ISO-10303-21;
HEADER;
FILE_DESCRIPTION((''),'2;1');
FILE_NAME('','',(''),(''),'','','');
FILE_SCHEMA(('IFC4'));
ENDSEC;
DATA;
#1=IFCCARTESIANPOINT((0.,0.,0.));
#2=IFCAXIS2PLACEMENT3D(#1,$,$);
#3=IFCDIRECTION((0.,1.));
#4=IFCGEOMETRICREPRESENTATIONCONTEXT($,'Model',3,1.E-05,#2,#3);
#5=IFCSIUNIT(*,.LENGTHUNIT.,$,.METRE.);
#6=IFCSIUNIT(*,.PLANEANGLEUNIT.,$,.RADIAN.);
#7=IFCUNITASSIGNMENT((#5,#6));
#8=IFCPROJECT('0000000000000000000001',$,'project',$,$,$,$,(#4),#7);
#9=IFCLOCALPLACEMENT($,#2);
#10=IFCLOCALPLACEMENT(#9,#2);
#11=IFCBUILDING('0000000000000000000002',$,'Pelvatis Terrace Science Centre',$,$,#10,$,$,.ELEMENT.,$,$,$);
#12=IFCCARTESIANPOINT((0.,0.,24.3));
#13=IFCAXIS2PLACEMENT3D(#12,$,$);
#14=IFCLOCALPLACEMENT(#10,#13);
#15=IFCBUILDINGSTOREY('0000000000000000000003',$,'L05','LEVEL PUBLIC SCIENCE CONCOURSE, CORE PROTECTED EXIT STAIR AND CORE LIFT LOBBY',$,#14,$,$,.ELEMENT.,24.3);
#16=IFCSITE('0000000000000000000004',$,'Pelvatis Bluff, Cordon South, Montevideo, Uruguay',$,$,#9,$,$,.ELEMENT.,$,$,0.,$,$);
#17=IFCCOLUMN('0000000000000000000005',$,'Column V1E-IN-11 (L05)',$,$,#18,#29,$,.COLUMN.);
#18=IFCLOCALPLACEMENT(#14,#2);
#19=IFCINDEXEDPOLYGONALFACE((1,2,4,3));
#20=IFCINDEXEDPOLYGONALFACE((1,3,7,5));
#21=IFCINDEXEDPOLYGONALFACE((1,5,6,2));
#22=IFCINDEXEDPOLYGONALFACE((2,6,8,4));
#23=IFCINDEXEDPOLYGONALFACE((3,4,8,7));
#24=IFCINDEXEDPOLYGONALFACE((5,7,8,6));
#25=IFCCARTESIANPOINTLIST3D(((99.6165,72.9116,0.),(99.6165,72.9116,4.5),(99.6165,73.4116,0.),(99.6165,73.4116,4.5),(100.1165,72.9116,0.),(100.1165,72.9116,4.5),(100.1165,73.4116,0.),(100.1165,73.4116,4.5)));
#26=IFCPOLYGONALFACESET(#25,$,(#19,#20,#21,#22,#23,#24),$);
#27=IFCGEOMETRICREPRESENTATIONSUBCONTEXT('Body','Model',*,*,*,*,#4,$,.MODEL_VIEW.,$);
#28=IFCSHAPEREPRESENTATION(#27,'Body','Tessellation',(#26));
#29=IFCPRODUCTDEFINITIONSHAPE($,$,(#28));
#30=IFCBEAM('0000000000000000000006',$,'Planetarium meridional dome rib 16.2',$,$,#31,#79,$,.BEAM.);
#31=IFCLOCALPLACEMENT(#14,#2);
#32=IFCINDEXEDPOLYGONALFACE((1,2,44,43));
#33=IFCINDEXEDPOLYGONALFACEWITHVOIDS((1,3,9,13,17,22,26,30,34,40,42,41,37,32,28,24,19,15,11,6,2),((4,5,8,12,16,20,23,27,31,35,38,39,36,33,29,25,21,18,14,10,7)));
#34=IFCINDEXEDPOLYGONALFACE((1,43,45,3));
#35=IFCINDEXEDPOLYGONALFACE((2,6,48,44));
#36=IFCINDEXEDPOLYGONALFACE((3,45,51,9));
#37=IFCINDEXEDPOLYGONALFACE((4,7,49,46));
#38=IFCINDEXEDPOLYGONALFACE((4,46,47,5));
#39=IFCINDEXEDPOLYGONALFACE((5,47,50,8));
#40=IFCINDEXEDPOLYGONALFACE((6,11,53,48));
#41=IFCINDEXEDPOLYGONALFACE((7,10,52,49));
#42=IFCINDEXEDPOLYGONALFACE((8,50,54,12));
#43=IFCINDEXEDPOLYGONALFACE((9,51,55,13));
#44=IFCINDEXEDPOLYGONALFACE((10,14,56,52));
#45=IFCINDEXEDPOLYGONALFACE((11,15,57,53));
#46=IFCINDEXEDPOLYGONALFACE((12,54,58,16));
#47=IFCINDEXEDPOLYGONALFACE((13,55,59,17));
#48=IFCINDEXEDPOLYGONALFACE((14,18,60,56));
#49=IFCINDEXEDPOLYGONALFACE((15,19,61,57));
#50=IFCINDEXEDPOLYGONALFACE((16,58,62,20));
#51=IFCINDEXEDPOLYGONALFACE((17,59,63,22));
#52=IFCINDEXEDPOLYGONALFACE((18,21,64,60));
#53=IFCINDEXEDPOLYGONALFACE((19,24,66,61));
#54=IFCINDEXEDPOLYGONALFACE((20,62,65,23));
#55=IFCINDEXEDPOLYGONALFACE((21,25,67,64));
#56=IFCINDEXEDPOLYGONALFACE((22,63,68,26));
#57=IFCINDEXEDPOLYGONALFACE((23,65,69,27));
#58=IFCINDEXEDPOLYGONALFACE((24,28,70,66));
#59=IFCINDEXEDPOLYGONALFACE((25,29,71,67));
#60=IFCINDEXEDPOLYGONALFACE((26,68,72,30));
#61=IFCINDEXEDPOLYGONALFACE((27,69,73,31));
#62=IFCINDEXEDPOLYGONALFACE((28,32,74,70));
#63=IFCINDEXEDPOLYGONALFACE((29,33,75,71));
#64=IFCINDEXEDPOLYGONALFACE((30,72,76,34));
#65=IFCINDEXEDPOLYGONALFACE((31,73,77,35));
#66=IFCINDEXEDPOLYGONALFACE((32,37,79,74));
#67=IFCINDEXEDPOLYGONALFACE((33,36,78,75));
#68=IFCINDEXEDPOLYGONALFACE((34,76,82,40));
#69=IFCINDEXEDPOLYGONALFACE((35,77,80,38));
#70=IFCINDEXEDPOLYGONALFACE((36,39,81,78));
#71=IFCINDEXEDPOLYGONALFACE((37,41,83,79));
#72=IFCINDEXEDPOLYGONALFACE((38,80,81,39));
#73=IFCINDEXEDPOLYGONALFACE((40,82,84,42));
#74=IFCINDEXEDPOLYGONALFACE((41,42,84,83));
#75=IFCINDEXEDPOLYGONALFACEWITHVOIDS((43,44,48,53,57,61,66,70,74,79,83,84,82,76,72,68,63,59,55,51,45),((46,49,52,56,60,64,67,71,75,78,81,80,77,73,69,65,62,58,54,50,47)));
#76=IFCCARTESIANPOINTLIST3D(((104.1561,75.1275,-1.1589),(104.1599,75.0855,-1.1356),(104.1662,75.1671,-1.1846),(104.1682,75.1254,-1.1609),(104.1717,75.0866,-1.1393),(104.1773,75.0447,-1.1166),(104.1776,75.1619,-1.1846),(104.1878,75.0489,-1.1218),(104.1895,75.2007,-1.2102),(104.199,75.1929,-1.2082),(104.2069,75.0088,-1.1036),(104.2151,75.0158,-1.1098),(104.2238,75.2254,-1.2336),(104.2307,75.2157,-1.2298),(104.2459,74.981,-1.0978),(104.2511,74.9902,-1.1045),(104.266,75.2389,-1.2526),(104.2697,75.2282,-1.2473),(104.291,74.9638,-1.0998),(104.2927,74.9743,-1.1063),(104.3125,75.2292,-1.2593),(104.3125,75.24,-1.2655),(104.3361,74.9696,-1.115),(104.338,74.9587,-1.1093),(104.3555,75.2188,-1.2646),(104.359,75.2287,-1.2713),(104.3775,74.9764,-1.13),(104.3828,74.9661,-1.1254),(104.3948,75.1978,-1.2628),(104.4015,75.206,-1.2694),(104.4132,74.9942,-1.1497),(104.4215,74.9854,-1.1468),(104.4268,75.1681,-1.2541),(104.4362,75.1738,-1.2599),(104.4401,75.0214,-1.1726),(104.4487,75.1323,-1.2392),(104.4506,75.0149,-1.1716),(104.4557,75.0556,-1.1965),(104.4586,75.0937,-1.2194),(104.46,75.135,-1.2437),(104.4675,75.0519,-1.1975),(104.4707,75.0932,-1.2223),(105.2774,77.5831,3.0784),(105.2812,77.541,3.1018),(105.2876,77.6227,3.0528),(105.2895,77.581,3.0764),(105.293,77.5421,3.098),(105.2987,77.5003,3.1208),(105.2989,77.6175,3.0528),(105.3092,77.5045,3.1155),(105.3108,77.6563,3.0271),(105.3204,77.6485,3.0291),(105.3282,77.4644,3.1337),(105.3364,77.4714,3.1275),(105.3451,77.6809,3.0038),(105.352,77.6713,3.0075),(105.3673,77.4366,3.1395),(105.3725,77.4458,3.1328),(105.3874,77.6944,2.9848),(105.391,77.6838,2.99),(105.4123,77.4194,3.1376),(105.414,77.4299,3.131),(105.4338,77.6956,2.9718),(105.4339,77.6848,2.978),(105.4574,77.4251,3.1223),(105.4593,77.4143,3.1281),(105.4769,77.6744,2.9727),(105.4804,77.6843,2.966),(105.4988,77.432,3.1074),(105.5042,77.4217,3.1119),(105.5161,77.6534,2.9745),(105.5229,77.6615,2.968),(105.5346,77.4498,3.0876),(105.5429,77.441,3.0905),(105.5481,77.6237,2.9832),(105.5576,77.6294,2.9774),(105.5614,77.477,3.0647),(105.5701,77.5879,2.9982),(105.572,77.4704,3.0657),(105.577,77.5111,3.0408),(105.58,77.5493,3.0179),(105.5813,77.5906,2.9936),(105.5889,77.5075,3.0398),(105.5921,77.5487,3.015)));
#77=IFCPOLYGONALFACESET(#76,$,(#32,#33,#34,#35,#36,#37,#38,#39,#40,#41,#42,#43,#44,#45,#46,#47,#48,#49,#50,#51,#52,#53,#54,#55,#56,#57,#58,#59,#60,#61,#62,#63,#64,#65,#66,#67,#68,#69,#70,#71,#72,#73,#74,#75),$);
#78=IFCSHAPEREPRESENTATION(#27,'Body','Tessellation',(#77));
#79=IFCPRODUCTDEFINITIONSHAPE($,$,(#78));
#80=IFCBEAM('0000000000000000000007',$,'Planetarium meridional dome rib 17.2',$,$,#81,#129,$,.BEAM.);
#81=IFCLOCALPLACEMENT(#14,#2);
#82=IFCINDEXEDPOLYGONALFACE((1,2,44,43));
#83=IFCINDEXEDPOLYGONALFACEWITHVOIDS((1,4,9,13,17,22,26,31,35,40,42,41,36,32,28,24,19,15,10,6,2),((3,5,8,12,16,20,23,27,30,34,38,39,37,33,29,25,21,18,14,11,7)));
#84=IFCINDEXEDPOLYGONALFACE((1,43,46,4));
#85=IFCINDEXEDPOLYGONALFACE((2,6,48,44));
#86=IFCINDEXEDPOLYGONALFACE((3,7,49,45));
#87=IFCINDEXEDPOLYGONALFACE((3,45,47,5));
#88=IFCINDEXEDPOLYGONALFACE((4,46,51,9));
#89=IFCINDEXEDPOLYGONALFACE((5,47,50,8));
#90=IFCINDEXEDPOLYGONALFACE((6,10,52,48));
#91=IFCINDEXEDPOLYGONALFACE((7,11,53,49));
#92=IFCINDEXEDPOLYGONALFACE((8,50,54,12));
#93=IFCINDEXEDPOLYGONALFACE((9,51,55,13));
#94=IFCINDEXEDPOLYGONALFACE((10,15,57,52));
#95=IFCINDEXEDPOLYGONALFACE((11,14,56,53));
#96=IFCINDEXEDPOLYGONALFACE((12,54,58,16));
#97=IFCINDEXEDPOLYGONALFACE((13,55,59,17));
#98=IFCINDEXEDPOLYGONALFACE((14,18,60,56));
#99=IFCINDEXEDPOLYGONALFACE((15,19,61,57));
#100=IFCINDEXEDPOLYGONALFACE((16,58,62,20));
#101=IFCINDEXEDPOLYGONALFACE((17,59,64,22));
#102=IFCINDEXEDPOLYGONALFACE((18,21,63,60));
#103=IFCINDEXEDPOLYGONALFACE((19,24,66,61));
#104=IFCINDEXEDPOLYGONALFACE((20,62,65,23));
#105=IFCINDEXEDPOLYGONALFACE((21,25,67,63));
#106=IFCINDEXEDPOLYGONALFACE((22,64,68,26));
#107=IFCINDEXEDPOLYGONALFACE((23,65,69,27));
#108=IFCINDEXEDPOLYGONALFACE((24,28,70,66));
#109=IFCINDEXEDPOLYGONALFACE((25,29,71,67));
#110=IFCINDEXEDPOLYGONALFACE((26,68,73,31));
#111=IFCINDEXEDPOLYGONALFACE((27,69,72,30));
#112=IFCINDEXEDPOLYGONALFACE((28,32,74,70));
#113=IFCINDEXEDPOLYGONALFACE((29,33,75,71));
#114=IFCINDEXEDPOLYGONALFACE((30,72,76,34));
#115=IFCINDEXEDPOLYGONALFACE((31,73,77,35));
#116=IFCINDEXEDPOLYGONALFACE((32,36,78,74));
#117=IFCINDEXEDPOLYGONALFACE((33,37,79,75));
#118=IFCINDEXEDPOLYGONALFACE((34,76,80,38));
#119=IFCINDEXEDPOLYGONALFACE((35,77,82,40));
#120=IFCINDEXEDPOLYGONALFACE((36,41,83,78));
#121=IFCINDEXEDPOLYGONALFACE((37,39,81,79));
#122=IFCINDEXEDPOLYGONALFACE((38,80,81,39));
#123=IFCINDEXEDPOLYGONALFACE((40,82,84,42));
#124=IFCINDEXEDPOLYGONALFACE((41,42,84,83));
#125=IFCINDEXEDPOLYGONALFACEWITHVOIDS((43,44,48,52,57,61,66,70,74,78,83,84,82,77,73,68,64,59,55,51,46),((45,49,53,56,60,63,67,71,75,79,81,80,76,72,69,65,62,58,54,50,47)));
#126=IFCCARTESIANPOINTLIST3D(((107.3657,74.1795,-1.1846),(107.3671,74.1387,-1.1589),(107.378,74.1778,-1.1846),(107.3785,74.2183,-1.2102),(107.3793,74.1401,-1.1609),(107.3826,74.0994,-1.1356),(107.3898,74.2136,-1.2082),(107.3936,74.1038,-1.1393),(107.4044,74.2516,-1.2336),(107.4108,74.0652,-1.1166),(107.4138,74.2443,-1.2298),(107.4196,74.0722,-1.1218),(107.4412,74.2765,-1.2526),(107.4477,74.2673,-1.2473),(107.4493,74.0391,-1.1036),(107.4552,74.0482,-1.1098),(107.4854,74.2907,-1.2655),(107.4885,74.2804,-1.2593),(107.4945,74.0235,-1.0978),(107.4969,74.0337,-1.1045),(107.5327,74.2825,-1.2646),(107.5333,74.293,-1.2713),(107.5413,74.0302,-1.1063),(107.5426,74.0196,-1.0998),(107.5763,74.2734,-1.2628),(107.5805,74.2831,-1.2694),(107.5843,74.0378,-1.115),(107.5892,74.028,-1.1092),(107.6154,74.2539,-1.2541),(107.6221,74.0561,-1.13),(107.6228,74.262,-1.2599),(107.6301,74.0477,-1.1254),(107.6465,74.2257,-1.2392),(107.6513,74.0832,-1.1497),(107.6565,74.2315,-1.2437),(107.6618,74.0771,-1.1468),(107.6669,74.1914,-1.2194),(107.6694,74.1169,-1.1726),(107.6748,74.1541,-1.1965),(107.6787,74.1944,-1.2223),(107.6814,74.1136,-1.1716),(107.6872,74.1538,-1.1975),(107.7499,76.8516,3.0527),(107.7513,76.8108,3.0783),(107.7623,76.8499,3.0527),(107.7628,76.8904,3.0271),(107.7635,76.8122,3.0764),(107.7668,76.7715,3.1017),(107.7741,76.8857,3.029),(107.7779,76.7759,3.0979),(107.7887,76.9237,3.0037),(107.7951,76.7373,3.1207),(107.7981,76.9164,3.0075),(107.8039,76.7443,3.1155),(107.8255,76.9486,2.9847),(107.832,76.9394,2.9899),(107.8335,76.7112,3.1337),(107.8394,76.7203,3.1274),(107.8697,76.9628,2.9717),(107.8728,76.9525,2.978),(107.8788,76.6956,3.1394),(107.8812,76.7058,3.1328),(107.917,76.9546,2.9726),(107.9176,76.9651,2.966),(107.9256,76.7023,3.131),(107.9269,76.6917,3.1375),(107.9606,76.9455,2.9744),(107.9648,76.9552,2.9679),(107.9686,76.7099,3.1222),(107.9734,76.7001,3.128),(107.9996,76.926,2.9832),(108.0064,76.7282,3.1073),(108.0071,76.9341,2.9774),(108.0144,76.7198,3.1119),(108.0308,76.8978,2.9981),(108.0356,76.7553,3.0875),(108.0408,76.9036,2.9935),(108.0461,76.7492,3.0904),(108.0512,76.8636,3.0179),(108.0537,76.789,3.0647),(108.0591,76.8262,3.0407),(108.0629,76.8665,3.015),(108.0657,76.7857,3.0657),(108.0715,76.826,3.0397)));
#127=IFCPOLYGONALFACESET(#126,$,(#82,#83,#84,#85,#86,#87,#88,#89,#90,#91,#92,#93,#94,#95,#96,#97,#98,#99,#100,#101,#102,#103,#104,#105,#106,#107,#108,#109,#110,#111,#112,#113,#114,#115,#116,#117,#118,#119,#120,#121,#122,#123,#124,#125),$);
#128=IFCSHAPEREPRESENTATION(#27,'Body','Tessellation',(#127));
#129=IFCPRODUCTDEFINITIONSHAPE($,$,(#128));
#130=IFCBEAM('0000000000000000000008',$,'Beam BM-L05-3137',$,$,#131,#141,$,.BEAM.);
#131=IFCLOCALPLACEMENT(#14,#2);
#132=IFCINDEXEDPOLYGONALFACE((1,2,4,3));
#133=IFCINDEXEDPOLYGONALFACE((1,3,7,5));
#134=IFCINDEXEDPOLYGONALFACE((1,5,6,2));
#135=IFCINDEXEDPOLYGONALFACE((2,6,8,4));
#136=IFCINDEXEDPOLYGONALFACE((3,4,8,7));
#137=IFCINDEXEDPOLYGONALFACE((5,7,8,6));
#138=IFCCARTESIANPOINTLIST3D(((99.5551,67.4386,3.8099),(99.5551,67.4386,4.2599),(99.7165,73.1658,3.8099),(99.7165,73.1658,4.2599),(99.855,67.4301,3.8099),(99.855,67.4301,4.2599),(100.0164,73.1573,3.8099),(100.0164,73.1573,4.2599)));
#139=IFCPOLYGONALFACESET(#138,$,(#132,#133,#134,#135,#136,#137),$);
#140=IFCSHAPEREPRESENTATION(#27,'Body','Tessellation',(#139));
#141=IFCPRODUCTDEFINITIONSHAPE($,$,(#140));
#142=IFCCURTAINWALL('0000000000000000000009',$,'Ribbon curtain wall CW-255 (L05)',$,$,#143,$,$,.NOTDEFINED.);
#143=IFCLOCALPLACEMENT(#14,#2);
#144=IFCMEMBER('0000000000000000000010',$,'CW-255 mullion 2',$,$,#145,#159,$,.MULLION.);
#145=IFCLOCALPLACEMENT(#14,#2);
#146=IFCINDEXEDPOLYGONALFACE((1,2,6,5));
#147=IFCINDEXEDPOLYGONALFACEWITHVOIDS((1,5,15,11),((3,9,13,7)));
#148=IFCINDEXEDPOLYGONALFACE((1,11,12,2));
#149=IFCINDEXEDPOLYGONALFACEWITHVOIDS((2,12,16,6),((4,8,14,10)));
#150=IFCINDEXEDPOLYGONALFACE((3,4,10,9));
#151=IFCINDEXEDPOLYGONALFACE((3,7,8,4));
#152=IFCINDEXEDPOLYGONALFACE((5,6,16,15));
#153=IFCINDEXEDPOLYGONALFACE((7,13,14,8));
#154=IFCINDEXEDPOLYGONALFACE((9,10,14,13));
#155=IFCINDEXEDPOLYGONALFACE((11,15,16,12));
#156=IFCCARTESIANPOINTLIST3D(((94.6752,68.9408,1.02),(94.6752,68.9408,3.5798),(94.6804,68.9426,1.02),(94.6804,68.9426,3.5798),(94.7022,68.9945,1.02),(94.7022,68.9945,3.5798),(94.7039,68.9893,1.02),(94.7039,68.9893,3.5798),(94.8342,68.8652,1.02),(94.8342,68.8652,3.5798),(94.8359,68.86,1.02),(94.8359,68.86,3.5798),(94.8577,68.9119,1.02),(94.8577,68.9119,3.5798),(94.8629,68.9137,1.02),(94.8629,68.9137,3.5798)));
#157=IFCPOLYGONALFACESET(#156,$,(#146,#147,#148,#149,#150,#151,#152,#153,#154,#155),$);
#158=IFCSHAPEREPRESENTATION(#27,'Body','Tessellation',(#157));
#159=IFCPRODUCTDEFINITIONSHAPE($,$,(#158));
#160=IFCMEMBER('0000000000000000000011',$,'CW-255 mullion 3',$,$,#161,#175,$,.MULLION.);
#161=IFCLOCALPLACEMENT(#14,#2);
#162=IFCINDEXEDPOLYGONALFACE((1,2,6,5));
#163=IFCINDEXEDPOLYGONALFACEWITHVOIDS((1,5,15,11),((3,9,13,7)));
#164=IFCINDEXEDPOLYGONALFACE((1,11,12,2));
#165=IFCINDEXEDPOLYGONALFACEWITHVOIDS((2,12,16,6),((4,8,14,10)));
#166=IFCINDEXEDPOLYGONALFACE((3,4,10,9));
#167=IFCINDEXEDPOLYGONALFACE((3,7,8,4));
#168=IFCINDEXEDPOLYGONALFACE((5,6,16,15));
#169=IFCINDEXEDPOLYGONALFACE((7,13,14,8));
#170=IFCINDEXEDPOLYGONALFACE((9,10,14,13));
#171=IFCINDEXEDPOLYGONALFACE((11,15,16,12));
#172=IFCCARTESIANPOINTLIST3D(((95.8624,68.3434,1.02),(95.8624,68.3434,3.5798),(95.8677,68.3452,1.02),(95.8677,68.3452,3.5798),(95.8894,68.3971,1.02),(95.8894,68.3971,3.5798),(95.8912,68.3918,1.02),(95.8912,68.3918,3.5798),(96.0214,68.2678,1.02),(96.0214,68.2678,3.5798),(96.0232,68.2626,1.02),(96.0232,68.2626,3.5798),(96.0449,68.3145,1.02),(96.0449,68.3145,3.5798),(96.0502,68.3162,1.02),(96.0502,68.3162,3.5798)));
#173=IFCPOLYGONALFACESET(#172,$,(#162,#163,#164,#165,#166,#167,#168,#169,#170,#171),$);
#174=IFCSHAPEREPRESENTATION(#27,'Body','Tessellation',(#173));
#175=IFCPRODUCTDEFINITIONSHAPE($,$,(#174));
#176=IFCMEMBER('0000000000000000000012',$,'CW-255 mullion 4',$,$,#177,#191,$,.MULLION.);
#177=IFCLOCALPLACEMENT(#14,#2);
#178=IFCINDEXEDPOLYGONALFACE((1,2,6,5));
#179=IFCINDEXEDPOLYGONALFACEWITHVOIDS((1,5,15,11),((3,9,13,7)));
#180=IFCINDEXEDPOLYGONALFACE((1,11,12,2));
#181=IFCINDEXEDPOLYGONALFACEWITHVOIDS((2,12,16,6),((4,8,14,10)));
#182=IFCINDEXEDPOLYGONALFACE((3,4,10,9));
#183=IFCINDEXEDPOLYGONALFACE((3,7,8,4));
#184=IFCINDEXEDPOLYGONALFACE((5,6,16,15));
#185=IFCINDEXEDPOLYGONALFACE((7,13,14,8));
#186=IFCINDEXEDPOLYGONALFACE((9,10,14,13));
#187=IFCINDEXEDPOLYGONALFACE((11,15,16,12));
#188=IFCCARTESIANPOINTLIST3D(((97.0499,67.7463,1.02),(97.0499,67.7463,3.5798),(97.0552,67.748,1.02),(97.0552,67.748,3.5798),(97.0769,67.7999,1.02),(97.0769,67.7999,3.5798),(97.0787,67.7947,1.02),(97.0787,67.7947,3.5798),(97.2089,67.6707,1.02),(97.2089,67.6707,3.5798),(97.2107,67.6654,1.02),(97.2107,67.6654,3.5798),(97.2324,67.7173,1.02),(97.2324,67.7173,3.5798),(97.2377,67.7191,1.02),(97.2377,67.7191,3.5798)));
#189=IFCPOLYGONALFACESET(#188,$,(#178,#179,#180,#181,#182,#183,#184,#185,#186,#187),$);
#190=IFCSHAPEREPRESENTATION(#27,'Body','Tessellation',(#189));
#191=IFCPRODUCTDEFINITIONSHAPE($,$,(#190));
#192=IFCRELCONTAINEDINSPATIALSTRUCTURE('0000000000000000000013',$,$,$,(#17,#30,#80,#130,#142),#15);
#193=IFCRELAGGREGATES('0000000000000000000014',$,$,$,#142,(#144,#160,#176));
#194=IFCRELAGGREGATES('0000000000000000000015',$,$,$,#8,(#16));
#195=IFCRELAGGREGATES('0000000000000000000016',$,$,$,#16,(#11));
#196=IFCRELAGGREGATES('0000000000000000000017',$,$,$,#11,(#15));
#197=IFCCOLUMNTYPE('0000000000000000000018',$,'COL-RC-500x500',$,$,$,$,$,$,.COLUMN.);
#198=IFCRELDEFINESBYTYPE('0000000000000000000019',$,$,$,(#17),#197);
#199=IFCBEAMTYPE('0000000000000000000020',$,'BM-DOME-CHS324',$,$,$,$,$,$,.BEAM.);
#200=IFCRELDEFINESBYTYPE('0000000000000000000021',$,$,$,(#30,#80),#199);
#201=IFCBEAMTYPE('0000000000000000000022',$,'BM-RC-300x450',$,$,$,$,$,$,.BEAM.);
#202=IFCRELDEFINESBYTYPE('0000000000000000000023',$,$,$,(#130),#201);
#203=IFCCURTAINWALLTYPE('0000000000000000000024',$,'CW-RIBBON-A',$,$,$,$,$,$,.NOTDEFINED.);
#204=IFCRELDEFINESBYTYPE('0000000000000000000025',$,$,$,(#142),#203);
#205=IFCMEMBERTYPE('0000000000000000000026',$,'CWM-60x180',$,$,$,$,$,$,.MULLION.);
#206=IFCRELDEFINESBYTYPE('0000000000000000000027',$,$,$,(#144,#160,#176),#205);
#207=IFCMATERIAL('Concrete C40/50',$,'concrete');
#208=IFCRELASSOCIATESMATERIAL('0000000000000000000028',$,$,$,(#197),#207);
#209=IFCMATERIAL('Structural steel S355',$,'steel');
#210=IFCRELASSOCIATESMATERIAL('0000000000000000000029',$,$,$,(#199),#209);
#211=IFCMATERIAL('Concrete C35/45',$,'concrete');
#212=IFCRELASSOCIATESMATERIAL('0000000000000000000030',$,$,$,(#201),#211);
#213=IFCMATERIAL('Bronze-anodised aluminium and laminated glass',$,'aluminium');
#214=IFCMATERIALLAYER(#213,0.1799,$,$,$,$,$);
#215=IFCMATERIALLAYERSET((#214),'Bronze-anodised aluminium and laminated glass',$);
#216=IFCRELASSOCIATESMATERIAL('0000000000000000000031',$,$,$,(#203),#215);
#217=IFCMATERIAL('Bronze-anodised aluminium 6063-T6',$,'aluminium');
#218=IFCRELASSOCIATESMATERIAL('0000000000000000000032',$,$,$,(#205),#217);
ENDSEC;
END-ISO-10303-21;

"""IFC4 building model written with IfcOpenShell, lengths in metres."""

from ifc_helpers import new_model, si_unit, direction, frame, origin, origin_2d, place, context, subcontext, project, spatial, rectangle, hollow_rectangle, hollow_circle, extrude, material, layer, layer_set, material_profile, profile_set, type_object, element, aggregate, save


model = new_model("IFC4")

# Units and contexts
model_context = context("Model", 3, precision=1e-05, world=origin(), true_north=direction((0.0, 1.0)))
body_context = subcontext(model_context, "Body", "Model", "MODEL_VIEW")
ifc_project = project(units=[si_unit("LENGTHUNIT", "METRE"), si_unit("PLANEANGLEUNIT", "RADIAN")], contexts=[model_context])

# Site, building, storey
site_placement = place(None, origin())
site = spatial("IfcSite", under=ifc_project, at=site_placement, Name="Pelvatis Bluff, Cordon South, Montevideo, Uruguay", CompositionType="ELEMENT", RefElevation=0.0)
building_placement = place(site_placement, origin())
building = spatial("IfcBuilding", under=site, at=building_placement, Name="Pelvatis Terrace Science Centre", CompositionType="ELEMENT")
storey_placement = place(building_placement, frame((0.0, 0.0, 24.3)))
storey = spatial("IfcBuildingStorey", under=building, at=storey_placement, Name="L05", Description="LEVEL PUBLIC SCIENCE CONCOURSE, CORE PROTECTED EXIT STAIR AND CORE LIFT LOBBY", CompositionType="ELEMENT", Elevation=24.3)

# Column
ifc_material_1 = material(Name="Concrete C40/50", Category="concrete")
ifc_material_profile_1 = material_profile(ifc_material_1, rectangle(XDim=0.5, YDim=0.5, at=origin_2d()), Name="RC-COL 500x500")
ifc_profile_set_1 = profile_set([ifc_material_profile_1], Name="Concrete C40/50")
column_type = type_object("IfcColumnType", Name="COL-RC-500x500", PredefinedType="COLUMN", material=ifc_profile_set_1)
column_placement = place(storey_placement, frame((99.8665, 73.1616, 0.0), z_axis=(0.0, 0.0, 1.0), x_axis=(1.0, 0.0, 0.0)))
element("IfcColumn", 1, at=column_placement, inside=storey, type_object=column_type, Name="Column V1E-IN-11 (L05)", PredefinedType="COLUMN", context=body_context, shape_type="SweptSolid", body=[
    extrude(rectangle(XDim=0.5, YDim=0.5, at=origin_2d()), origin(), (0.0, 0.0, 1.0), 4.5),
])

# Beams
ifc_material_2 = material(Name="Structural steel S355", Category="steel")
ifc_material_profile_2 = material_profile(ifc_material_2, hollow_circle(Radius=0.1619, WallThickness=0.0125, at=origin_2d()), Name="CHS 323.9x12.5")
ifc_profile_set_2 = profile_set([ifc_material_profile_2], Name="Structural steel S355")
beam_type_1 = type_object("IfcBeamType", Name="BM-DOME-CHS324", PredefinedType="BEAM", material=ifc_profile_set_2)
for number, where, z_axis, x_axis, name in (
    (2, (104.3135, 75.0999, -1.1846), (0.22319, 0.488754, 0.84339), (-0.909643, 0.41539, 0.0), "Planetarium meridional dome rib 16.2"),
    (3, (107.5259, 74.1565, -1.1846), (0.076485, 0.531849, 0.843378), (-0.989817, 0.142346, 0.0), "Planetarium meridional dome rib 17.2"),
):
    element("IfcBeam", number, at=place(storey_placement, frame(where, z_axis=z_axis, x_axis=x_axis)), inside=storey, type_object=beam_type_1, Name=name, PredefinedType="BEAM", context=body_context, shape_type="SweptSolid", body=[
        extrude(hollow_circle(Radius=0.1619, WallThickness=0.0125, at=origin_2d()), origin(), (0.0, 0.0, 1.0), 5.0242),
    ])
ifc_material_3 = material(Name="Concrete C35/45", Category="concrete")
ifc_material_profile_3 = material_profile(ifc_material_3, rectangle(XDim=0.3, YDim=0.45, at=origin_2d()), Name="RC-BM 300x450")
ifc_profile_set_3 = profile_set([ifc_material_profile_3], Name="Concrete C35/45")
beam_type_2 = type_object("IfcBeamType", Name="BM-RC-300x450", PredefinedType="BEAM", material=ifc_profile_set_3)
beam_placement = place(storey_placement, frame((99.7051, 67.4343, 4.0349), z_axis=(0.028166, 0.999603, 0.0), x_axis=(-0.999603, 0.028166, 0.0)))
element("IfcBeam", 4, at=beam_placement, inside=storey, type_object=beam_type_2, Name="Beam BM-L05-3137", PredefinedType="BEAM", context=body_context, shape_type="SweptSolid", body=[
    extrude(rectangle(XDim=0.3, YDim=0.45, at=origin_2d()), origin(), (0.0, 0.0, 1.0), 5.7295),
])

# Curtain wall, members
ifc_material_4 = material(Name="Bronze-anodised aluminium and laminated glass", Category="aluminium")
ifc_layer_1 = layer(ifc_material_4, 0.1799)
ifc_layer_set_1 = layer_set([ifc_layer_1], Name="Bronze-anodised aluminium and laminated glass")
curtain_wall_type = type_object("IfcCurtainWallType", Name="CW-RIBBON-A", PredefinedType="NOTDEFINED", material=ifc_layer_set_1)
curtain_wall_placement = place(storey_placement, origin())
curtain_wall = element("IfcCurtainWall", 5, at=curtain_wall_placement, inside=storey, type_object=curtain_wall_type, Name="Ribbon curtain wall CW-255 (L05)", PredefinedType="NOTDEFINED")
ifc_material_5 = material(Name="Bronze-anodised aluminium 6063-T6", Category="aluminium")
ifc_material_profile_4 = material_profile(ifc_material_5, hollow_rectangle(XDim=0.0601, YDim=0.1799, WallThickness=0.0039, at=origin_2d()), Name="ALU-MUL 60x180")
ifc_profile_set_4 = profile_set([ifc_material_profile_4], Name="Bronze-anodised aluminium 6063-T6")
member_type_1 = type_object("IfcMemberType", Name="CWM-60x180", PredefinedType="MULLION", material=ifc_profile_set_4)
member_1_placement = place(storey_placement, frame((94.769, 68.9272, 1.02), z_axis=(0.0, 0.0, 1.0), x_axis=(0.449304, 0.893379, 0.0)))
member_1 = element("IfcMember", 6, at=member_1_placement, type_object=member_type_1, Name="CW-255 mullion 2", PredefinedType="MULLION", context=body_context, shape_type="SweptSolid", body=[
    extrude(hollow_rectangle(XDim=0.0601, YDim=0.1799, WallThickness=0.0039, at=origin_2d()), origin(), (0.0, 0.0, 1.0), 2.5598),
])
member_2_placement = place(storey_placement, frame((95.9563, 68.3298, 1.02), z_axis=(0.0, 0.0, 1.0), x_axis=(0.449304, 0.893379, 0.0)))
member_2 = element("IfcMember", 7, at=member_2_placement, type_object=member_type_1, Name="CW-255 mullion 3", PredefinedType="MULLION", context=body_context, shape_type="SweptSolid", body=[
    extrude(hollow_rectangle(XDim=0.0601, YDim=0.1799, WallThickness=0.0039, at=origin_2d()), origin(), (0.0, 0.0, 1.0), 2.5598),
])
member_3_placement = place(storey_placement, frame((97.1438, 67.7327, 1.02), z_axis=(0.0, 0.0, 1.0), x_axis=(0.449304, 0.893379, 0.0)))
member_3 = element("IfcMember", 8, at=member_3_placement, type_object=member_type_1, Name="CW-255 mullion 4", PredefinedType="MULLION", context=body_context, shape_type="SweptSolid", body=[
    extrude(hollow_rectangle(XDim=0.0601, YDim=0.1799, WallThickness=0.0039, at=origin_2d()), origin(), (0.0, 0.0, 1.0), 2.5598),
])

aggregate(curtain_wall, [member_1, member_2, member_3])

save(model, "model.ifc")
